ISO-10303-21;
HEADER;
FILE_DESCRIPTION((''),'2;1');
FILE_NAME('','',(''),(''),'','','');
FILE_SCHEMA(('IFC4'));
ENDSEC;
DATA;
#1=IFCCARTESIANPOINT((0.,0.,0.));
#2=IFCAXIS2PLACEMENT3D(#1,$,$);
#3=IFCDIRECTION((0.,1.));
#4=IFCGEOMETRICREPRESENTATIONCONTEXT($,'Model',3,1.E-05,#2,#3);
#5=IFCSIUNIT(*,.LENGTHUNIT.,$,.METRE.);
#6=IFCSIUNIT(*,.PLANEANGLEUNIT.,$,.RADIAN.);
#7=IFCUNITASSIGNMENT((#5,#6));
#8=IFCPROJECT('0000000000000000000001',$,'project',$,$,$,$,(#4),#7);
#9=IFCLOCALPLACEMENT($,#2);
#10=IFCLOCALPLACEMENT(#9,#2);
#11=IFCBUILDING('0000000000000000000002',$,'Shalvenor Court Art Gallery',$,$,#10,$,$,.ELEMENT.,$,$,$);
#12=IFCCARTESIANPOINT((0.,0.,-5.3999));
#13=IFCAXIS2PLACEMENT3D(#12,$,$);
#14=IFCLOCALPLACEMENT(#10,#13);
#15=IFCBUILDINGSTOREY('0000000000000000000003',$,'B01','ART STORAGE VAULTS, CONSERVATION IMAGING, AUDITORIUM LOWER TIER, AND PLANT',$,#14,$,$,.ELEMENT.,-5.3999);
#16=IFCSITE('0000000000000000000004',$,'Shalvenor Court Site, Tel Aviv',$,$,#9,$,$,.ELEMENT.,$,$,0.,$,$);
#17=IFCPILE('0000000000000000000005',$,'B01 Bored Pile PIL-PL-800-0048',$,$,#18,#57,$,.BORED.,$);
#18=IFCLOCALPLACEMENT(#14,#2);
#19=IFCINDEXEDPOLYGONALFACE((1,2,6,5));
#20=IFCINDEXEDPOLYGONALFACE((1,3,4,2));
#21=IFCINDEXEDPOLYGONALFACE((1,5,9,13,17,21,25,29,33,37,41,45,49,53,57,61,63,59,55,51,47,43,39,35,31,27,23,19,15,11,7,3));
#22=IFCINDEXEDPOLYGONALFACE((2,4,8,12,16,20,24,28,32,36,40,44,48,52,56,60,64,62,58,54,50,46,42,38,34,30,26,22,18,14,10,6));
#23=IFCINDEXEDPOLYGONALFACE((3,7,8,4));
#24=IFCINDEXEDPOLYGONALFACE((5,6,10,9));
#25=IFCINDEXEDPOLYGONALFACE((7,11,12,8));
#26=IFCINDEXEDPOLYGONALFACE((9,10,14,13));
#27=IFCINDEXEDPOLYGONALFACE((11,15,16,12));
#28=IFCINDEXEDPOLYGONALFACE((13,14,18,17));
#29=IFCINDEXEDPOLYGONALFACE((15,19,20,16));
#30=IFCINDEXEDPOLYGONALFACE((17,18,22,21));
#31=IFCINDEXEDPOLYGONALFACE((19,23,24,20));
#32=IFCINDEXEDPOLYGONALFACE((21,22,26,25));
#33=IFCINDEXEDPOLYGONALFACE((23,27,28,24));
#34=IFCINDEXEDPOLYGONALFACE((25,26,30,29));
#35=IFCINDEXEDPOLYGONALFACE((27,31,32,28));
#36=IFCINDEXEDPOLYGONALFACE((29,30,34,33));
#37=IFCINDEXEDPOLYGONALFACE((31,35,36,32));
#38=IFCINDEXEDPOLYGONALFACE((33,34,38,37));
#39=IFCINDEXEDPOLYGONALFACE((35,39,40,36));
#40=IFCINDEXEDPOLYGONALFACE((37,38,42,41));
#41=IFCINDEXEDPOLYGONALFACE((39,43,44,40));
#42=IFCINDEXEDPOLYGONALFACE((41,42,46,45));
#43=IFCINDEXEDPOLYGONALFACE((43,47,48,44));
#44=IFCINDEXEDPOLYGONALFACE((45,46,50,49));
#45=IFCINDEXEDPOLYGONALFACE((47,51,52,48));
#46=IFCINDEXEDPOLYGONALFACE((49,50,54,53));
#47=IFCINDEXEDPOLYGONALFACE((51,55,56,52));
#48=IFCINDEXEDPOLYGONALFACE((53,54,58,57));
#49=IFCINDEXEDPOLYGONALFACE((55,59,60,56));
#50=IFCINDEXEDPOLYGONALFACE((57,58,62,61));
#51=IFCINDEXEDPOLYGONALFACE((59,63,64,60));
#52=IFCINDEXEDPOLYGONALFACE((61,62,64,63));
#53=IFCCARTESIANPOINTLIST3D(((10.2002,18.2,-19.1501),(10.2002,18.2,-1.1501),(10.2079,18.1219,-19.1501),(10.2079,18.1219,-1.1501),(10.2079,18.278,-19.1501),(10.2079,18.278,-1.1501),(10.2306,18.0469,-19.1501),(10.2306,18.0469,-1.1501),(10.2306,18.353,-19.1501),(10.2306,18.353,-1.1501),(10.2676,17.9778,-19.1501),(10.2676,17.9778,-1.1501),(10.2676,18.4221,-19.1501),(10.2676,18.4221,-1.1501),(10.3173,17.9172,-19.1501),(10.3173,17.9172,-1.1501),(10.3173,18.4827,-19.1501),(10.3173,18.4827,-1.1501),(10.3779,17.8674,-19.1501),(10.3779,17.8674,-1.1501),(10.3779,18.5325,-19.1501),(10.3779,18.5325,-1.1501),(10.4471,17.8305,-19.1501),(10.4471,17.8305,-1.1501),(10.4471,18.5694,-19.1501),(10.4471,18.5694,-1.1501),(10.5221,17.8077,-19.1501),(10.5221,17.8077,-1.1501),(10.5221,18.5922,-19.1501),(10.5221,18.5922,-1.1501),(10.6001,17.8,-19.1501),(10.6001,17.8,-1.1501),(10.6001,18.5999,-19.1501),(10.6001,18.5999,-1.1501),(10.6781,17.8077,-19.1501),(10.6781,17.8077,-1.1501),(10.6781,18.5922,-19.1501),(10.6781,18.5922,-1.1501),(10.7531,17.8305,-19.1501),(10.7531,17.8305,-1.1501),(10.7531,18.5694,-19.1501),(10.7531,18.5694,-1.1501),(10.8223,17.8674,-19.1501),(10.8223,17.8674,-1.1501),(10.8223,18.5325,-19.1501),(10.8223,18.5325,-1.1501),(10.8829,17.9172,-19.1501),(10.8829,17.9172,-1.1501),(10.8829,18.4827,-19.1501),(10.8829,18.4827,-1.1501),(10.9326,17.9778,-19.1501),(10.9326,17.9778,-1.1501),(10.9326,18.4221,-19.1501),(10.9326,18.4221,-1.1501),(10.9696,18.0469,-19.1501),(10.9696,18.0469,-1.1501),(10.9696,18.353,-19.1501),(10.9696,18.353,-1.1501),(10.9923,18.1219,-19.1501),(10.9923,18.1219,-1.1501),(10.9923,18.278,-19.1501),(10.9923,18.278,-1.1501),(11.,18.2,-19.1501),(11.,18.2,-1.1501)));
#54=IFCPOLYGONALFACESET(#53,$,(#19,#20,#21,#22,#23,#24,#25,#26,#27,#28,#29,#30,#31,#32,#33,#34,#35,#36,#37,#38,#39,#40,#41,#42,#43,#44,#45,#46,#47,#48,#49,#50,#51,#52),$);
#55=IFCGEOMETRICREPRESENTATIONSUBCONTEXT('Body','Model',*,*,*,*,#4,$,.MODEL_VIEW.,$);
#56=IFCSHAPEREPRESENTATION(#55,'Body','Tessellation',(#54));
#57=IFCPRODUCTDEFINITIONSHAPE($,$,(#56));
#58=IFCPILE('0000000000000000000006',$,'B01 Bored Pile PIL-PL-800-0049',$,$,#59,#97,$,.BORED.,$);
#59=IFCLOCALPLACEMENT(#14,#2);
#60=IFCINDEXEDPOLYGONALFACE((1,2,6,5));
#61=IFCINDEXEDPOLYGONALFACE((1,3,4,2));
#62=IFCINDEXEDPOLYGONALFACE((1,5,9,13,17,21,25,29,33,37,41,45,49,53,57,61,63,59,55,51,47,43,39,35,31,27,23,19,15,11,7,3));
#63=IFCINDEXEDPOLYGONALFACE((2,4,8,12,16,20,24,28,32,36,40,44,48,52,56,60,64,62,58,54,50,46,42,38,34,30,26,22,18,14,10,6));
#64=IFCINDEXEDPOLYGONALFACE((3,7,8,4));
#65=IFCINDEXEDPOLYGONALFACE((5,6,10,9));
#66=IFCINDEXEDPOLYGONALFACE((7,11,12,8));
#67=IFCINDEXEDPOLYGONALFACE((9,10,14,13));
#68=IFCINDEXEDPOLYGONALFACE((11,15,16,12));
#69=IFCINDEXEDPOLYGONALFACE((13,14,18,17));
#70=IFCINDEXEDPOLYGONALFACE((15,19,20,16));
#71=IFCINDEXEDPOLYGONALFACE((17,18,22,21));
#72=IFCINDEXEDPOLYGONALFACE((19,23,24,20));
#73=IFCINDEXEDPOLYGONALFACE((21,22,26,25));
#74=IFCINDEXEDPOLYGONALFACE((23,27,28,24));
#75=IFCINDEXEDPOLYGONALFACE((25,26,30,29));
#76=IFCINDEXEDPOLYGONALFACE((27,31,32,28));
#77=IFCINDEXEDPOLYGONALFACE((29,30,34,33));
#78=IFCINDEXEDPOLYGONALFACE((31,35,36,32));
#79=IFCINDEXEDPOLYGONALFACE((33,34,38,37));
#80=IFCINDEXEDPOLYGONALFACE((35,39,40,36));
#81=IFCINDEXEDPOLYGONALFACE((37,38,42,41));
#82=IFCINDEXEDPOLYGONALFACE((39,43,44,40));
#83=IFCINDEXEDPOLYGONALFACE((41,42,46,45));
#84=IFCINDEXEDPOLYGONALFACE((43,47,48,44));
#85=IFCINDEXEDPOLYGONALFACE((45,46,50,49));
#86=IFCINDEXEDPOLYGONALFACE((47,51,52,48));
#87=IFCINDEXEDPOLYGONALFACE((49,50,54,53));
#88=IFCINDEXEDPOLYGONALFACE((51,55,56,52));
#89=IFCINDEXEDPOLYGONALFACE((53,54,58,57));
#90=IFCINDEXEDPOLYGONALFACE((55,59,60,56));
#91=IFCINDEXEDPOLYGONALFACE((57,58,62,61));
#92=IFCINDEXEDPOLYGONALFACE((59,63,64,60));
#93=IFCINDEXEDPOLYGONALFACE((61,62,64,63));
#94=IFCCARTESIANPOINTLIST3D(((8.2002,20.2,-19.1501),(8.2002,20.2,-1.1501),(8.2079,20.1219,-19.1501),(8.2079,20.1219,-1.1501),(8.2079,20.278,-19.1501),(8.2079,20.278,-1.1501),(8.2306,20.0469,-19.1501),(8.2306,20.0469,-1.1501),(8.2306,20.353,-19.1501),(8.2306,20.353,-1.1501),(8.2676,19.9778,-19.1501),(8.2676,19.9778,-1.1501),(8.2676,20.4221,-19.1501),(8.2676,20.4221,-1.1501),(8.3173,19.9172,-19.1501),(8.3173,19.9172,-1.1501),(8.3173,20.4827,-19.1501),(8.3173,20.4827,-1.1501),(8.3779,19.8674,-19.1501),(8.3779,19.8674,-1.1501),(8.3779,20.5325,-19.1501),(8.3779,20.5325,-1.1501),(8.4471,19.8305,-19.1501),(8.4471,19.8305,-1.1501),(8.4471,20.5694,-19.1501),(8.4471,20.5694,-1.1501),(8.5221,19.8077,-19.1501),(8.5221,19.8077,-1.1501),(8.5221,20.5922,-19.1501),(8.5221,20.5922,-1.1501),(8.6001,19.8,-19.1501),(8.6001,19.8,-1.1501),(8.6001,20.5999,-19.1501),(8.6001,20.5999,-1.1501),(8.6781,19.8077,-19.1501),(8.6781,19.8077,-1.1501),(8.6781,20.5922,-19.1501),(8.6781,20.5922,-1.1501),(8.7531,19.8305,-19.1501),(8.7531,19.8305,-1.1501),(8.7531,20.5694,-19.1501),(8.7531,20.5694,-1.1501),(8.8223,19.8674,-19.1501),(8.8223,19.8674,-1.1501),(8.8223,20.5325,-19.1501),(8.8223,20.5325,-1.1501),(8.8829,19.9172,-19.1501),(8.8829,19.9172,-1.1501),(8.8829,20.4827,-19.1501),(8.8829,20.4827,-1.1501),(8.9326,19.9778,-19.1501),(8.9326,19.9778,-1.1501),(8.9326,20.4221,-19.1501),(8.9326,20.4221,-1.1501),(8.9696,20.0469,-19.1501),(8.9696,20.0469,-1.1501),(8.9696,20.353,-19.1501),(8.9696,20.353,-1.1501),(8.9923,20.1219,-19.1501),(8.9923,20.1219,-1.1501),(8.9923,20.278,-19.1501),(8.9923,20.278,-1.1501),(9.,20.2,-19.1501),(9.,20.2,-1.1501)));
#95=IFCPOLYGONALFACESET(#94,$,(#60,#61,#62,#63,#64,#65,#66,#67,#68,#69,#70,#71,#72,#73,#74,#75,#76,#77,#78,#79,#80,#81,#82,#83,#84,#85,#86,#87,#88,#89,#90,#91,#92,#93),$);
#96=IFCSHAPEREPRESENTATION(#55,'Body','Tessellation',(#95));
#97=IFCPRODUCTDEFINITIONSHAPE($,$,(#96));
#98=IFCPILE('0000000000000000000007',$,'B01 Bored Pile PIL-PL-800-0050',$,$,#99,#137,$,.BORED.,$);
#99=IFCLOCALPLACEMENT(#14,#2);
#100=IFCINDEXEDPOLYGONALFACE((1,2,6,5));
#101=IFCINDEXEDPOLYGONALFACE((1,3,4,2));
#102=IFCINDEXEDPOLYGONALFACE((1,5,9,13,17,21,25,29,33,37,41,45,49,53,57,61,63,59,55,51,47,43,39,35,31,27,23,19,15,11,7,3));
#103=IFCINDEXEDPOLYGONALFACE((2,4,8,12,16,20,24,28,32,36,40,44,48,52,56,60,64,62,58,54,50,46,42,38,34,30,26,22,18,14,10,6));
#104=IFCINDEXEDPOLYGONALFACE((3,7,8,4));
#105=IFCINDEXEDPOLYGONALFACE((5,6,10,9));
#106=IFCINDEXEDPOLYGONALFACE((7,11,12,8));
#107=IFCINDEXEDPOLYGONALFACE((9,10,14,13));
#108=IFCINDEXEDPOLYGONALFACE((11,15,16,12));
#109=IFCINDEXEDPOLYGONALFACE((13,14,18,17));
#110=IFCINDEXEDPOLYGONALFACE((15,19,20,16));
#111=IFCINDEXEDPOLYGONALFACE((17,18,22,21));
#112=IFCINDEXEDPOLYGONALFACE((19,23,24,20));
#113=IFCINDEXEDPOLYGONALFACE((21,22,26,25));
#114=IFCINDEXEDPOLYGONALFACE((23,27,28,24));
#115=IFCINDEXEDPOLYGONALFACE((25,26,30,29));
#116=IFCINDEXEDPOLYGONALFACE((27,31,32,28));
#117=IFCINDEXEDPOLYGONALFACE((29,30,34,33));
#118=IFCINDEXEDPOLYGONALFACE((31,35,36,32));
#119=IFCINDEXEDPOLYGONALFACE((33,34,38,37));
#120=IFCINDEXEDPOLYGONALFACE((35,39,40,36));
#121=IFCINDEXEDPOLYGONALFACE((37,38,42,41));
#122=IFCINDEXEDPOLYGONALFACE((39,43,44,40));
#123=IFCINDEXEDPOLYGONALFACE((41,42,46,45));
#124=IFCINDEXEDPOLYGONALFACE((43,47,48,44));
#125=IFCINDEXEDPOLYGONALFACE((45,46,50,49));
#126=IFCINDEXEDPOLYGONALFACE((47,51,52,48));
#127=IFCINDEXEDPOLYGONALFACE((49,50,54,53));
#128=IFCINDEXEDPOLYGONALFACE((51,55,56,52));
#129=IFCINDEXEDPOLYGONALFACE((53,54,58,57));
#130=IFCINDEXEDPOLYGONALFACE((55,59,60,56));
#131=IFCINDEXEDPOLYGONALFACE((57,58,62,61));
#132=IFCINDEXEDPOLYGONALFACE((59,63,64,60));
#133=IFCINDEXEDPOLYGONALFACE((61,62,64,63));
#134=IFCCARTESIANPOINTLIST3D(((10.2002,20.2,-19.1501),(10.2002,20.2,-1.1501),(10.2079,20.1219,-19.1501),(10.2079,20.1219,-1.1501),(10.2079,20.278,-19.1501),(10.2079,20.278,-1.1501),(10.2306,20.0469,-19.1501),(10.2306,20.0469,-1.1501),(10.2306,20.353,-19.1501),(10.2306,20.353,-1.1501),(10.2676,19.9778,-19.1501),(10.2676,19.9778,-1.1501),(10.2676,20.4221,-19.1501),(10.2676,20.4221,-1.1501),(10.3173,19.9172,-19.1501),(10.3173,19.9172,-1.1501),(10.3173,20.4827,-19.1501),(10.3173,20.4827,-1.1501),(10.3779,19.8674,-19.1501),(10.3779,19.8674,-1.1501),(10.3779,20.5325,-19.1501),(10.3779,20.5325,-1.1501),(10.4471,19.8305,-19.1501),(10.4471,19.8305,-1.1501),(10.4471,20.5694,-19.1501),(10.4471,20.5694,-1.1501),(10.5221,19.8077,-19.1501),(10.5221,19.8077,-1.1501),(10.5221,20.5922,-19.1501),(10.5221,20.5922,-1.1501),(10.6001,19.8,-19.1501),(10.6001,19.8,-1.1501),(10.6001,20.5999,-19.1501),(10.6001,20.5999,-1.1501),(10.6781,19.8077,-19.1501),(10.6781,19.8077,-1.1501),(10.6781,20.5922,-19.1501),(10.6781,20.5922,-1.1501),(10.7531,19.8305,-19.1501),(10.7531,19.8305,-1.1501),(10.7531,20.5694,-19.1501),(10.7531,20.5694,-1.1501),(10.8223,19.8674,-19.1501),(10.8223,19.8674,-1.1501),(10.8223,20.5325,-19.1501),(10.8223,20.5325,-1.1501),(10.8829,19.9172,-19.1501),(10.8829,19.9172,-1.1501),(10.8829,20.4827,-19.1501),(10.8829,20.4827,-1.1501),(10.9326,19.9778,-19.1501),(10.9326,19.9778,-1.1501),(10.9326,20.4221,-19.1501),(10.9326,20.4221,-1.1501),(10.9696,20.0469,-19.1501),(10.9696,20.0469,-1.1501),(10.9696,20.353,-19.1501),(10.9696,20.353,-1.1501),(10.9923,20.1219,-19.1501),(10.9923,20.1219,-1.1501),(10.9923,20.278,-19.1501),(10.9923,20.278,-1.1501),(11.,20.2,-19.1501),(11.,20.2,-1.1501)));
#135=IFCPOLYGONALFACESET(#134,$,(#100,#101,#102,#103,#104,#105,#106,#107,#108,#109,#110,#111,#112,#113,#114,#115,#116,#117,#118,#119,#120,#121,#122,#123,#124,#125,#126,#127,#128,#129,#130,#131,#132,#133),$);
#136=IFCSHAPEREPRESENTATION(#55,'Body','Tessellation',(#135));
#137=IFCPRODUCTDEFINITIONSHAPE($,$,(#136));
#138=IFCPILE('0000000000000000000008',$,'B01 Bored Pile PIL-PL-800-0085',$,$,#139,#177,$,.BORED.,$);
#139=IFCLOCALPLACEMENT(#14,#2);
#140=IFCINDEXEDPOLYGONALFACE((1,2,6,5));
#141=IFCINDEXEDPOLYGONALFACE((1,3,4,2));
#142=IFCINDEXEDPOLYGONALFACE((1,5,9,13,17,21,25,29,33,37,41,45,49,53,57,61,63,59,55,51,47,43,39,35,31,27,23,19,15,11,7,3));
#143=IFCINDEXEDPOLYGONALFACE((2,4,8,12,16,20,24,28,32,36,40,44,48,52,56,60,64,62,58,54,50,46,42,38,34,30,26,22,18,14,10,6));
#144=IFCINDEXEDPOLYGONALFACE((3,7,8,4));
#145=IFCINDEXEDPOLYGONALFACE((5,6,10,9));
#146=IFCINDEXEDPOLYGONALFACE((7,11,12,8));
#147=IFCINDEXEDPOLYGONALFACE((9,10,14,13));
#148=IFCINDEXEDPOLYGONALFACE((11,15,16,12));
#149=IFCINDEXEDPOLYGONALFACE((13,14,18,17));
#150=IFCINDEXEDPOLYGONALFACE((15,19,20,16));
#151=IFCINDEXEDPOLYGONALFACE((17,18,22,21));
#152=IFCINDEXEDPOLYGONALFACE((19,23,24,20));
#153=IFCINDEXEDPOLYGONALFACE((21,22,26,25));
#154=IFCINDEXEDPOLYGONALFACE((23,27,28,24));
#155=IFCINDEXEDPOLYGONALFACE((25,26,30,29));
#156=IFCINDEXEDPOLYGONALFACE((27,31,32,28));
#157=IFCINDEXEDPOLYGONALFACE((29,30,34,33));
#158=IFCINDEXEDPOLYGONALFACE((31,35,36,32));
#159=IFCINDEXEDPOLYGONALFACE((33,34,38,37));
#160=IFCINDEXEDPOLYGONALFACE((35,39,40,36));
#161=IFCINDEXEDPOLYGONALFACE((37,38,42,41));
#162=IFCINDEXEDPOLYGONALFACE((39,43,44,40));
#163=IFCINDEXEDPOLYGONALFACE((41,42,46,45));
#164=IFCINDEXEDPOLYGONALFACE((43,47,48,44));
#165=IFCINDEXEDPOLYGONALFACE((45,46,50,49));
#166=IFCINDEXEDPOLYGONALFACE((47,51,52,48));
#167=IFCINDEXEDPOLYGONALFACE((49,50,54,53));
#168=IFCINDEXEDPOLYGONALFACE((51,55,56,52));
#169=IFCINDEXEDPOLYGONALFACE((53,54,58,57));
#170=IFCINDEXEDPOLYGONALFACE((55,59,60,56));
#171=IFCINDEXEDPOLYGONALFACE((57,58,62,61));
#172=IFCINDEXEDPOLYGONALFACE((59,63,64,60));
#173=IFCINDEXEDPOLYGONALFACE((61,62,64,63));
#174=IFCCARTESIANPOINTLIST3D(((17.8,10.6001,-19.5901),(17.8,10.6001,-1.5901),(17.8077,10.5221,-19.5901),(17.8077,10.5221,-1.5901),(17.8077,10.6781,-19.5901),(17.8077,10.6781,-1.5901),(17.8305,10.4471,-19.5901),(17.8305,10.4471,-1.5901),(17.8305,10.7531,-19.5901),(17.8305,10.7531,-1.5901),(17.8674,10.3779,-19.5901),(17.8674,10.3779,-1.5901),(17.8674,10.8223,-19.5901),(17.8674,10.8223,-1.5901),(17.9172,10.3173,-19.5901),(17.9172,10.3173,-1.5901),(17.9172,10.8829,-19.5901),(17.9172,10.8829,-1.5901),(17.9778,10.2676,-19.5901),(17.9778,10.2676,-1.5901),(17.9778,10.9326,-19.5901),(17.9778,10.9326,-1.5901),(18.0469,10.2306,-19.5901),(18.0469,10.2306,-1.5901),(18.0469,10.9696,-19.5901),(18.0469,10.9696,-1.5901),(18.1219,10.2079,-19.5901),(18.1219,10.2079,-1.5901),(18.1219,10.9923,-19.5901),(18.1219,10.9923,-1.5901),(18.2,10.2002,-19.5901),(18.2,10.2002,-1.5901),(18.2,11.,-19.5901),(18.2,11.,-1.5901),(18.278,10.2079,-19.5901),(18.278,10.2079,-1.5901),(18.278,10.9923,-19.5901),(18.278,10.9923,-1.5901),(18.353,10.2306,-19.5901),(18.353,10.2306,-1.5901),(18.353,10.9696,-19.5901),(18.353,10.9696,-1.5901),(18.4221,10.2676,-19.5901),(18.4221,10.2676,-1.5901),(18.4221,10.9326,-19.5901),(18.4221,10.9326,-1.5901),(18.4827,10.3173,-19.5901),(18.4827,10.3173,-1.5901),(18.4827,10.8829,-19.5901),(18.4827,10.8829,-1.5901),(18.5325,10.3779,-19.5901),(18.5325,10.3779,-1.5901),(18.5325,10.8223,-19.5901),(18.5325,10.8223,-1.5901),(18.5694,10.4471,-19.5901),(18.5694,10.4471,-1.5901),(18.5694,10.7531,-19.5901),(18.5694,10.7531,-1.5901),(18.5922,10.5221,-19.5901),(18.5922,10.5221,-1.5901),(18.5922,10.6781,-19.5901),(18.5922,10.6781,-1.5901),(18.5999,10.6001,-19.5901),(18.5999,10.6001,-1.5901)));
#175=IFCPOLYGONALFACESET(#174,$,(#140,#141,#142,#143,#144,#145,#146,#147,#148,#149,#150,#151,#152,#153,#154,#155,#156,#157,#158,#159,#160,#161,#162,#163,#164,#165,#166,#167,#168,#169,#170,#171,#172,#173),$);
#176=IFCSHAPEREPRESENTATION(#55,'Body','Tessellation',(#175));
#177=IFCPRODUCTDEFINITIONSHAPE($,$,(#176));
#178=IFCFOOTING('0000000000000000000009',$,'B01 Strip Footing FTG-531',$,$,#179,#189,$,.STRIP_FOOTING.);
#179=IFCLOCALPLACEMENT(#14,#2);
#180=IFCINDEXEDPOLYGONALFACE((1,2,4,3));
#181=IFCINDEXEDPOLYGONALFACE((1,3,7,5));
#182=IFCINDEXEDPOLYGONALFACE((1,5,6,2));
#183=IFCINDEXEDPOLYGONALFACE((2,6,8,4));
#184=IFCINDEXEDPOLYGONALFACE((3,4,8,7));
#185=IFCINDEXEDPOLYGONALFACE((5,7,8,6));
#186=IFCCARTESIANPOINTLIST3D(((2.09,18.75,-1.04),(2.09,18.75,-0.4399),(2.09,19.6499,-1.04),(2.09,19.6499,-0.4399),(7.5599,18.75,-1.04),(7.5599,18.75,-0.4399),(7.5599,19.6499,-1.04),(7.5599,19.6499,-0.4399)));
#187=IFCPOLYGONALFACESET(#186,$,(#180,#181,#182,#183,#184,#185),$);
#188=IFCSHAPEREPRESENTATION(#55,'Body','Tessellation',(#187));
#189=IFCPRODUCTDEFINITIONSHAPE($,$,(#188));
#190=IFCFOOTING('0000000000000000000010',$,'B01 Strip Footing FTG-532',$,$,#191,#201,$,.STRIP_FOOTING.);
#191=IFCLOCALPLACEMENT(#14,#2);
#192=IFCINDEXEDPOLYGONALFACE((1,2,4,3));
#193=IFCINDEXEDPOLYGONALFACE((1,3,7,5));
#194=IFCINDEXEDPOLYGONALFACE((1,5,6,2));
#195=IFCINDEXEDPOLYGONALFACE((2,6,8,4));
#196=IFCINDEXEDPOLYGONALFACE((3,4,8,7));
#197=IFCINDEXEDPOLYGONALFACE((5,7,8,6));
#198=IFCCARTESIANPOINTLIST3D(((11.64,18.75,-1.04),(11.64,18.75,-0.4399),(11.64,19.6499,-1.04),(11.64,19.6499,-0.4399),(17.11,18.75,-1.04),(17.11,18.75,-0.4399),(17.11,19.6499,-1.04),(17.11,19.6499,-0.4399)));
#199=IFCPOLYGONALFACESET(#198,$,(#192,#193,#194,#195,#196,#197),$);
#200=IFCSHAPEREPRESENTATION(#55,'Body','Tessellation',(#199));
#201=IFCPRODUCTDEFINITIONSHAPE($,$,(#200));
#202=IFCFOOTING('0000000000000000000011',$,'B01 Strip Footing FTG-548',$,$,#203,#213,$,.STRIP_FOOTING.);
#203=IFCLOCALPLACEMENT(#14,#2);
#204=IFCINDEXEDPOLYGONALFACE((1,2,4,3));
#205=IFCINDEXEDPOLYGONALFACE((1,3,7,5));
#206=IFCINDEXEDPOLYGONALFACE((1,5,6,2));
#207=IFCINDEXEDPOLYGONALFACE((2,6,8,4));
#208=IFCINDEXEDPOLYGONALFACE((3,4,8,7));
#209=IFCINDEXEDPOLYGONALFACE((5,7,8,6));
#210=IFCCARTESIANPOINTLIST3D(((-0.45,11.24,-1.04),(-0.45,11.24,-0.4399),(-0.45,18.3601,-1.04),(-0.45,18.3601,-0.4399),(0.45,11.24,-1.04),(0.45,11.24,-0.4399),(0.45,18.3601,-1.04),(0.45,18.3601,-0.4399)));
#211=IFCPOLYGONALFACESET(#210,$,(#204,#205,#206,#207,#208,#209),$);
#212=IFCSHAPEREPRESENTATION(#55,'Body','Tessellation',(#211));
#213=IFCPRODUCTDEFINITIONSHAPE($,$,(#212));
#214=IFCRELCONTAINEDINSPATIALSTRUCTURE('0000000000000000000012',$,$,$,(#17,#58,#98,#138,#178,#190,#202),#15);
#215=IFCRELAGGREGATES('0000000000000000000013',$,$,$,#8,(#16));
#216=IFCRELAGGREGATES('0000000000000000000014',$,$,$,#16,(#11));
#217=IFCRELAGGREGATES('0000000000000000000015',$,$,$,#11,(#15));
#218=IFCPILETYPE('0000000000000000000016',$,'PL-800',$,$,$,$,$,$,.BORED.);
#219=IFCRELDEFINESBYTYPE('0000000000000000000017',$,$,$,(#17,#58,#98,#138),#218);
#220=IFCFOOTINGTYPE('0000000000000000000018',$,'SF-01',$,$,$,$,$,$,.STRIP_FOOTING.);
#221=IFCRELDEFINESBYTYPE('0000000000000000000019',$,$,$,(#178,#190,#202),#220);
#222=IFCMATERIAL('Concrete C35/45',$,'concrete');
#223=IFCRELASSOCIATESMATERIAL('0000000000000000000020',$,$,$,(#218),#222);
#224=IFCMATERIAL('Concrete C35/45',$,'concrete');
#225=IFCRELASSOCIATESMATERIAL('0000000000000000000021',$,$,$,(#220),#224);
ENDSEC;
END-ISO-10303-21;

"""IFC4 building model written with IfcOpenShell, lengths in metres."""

from ifc_helpers import new_model, si_unit, direction, frame, origin, origin_2d, place, context, subcontext, project, spatial, rectangle, circle, extrude, material, material_profile, profile_set, type_object, element, save


model = new_model("IFC4")

# Units and contexts
model_context = context("Model", 3, precision=1e-05, world=origin(), true_north=direction((0.0, 1.0)))
body_context = subcontext(model_context, "Body", "Model", "MODEL_VIEW")
ifc_project = project(units=[si_unit("LENGTHUNIT", "METRE"), si_unit("PLANEANGLEUNIT", "RADIAN")], contexts=[model_context])

# Site, building, storey
site_placement = place(None, origin())
site = spatial("IfcSite", under=ifc_project, at=site_placement, Name="Shalvenor Court Site, Tel Aviv", CompositionType="ELEMENT", RefElevation=0.0)
building_placement = place(site_placement, origin())
building = spatial("IfcBuilding", under=site, at=building_placement, Name="Shalvenor Court Art Gallery", CompositionType="ELEMENT")
storey_placement = place(building_placement, frame((0.0, 0.0, -5.3999)))
storey = spatial("IfcBuildingStorey", under=building, at=storey_placement, Name="B01", Description="ART STORAGE VAULTS, CONSERVATION IMAGING, AUDITORIUM LOWER TIER, AND PLANT", CompositionType="ELEMENT", Elevation=-5.3999)

# Piles
ifc_material_1 = material(Name="Concrete C35/45", Category="concrete")
ifc_material_profile_1 = material_profile(ifc_material_1, circle(Radius=0.3999, at=origin_2d()), Name="PILE 800")
ifc_profile_set_1 = profile_set([ifc_material_profile_1], Name="Concrete C35/45")
pile_type_1 = type_object("IfcPileType", Name="PL-800", PredefinedType="BORED", material=ifc_profile_set_1)
for number, where, z_axis, x_axis, name in (
    (1, (10.6001, 18.2, -1.1501), (0.0, 0.0, -1.0), (1.0, 0.0, 0.0), "B01 Bored Pile PIL-PL-800-0048"),
    (2, (8.6001, 20.2, -1.1501), (0.0, 0.0, -1.0), (1.0, 0.0, 0.0), "B01 Bored Pile PIL-PL-800-0049"),
    (3, (10.6001, 20.2, -1.1501), (0.0, 0.0, -1.0), (1.0, 0.0, 0.0), "B01 Bored Pile PIL-PL-800-0050"),
    (4, (18.2, 10.6001, -1.5901), (0.0, 0.0, -1.0), (1.0, 0.0, 0.0), "B01 Bored Pile PIL-PL-800-0085"),
):
    element("IfcPile", number, at=place(storey_placement, frame(where, z_axis=z_axis, x_axis=x_axis)), inside=storey, type_object=pile_type_1, Name=name, PredefinedType="BORED", context=body_context, shape_type="SweptSolid", body=[
        extrude(circle(Radius=0.3999, at=origin_2d()), origin(), (0.0, 0.0, 1.0), 18.0),
    ])

# Footings
ifc_material_2 = material(Name="Concrete C35/45", Category="concrete")
footing_type_1 = type_object("IfcFootingType", Name="SF-01", PredefinedType="STRIP_FOOTING", material=ifc_material_2)
for number, where, z_axis, x_axis, name in (
    (5, (4.825, 19.2, -1.04), (0.0, 0.0, 1.0), (1.0, 0.0, 0.0), "B01 Strip Footing FTG-531"),
    (6, (14.375, 19.2, -1.04), (0.0, 0.0, 1.0), (1.0, 0.0, 0.0), "B01 Strip Footing FTG-532"),
):
    element("IfcFooting", number, at=place(storey_placement, frame(where, z_axis=z_axis, x_axis=x_axis)), inside=storey, type_object=footing_type_1, Name=name, PredefinedType="STRIP_FOOTING", context=body_context, shape_type="SweptSolid", body=[
        extrude(rectangle(XDim=5.47, YDim=0.8999, at=origin_2d()), origin(), (0.0, 0.0, 1.0), 0.6001),
    ])
footing_1_placement = place(storey_placement, frame((0.0, 14.8, -1.04), z_axis=(0.0, 0.0, 1.0), x_axis=(0.0, 1.0, 0.0)))
element("IfcFooting", 7, at=footing_1_placement, inside=storey, type_object=footing_type_1, Name="B01 Strip Footing FTG-548", PredefinedType="STRIP_FOOTING", context=body_context, shape_type="SweptSolid", body=[
    extrude(rectangle(XDim=7.1201, YDim=0.8999, at=origin_2d()), origin(), (0.0, 0.0, 1.0), 0.6001),
])

save(model, "model.ifc")
